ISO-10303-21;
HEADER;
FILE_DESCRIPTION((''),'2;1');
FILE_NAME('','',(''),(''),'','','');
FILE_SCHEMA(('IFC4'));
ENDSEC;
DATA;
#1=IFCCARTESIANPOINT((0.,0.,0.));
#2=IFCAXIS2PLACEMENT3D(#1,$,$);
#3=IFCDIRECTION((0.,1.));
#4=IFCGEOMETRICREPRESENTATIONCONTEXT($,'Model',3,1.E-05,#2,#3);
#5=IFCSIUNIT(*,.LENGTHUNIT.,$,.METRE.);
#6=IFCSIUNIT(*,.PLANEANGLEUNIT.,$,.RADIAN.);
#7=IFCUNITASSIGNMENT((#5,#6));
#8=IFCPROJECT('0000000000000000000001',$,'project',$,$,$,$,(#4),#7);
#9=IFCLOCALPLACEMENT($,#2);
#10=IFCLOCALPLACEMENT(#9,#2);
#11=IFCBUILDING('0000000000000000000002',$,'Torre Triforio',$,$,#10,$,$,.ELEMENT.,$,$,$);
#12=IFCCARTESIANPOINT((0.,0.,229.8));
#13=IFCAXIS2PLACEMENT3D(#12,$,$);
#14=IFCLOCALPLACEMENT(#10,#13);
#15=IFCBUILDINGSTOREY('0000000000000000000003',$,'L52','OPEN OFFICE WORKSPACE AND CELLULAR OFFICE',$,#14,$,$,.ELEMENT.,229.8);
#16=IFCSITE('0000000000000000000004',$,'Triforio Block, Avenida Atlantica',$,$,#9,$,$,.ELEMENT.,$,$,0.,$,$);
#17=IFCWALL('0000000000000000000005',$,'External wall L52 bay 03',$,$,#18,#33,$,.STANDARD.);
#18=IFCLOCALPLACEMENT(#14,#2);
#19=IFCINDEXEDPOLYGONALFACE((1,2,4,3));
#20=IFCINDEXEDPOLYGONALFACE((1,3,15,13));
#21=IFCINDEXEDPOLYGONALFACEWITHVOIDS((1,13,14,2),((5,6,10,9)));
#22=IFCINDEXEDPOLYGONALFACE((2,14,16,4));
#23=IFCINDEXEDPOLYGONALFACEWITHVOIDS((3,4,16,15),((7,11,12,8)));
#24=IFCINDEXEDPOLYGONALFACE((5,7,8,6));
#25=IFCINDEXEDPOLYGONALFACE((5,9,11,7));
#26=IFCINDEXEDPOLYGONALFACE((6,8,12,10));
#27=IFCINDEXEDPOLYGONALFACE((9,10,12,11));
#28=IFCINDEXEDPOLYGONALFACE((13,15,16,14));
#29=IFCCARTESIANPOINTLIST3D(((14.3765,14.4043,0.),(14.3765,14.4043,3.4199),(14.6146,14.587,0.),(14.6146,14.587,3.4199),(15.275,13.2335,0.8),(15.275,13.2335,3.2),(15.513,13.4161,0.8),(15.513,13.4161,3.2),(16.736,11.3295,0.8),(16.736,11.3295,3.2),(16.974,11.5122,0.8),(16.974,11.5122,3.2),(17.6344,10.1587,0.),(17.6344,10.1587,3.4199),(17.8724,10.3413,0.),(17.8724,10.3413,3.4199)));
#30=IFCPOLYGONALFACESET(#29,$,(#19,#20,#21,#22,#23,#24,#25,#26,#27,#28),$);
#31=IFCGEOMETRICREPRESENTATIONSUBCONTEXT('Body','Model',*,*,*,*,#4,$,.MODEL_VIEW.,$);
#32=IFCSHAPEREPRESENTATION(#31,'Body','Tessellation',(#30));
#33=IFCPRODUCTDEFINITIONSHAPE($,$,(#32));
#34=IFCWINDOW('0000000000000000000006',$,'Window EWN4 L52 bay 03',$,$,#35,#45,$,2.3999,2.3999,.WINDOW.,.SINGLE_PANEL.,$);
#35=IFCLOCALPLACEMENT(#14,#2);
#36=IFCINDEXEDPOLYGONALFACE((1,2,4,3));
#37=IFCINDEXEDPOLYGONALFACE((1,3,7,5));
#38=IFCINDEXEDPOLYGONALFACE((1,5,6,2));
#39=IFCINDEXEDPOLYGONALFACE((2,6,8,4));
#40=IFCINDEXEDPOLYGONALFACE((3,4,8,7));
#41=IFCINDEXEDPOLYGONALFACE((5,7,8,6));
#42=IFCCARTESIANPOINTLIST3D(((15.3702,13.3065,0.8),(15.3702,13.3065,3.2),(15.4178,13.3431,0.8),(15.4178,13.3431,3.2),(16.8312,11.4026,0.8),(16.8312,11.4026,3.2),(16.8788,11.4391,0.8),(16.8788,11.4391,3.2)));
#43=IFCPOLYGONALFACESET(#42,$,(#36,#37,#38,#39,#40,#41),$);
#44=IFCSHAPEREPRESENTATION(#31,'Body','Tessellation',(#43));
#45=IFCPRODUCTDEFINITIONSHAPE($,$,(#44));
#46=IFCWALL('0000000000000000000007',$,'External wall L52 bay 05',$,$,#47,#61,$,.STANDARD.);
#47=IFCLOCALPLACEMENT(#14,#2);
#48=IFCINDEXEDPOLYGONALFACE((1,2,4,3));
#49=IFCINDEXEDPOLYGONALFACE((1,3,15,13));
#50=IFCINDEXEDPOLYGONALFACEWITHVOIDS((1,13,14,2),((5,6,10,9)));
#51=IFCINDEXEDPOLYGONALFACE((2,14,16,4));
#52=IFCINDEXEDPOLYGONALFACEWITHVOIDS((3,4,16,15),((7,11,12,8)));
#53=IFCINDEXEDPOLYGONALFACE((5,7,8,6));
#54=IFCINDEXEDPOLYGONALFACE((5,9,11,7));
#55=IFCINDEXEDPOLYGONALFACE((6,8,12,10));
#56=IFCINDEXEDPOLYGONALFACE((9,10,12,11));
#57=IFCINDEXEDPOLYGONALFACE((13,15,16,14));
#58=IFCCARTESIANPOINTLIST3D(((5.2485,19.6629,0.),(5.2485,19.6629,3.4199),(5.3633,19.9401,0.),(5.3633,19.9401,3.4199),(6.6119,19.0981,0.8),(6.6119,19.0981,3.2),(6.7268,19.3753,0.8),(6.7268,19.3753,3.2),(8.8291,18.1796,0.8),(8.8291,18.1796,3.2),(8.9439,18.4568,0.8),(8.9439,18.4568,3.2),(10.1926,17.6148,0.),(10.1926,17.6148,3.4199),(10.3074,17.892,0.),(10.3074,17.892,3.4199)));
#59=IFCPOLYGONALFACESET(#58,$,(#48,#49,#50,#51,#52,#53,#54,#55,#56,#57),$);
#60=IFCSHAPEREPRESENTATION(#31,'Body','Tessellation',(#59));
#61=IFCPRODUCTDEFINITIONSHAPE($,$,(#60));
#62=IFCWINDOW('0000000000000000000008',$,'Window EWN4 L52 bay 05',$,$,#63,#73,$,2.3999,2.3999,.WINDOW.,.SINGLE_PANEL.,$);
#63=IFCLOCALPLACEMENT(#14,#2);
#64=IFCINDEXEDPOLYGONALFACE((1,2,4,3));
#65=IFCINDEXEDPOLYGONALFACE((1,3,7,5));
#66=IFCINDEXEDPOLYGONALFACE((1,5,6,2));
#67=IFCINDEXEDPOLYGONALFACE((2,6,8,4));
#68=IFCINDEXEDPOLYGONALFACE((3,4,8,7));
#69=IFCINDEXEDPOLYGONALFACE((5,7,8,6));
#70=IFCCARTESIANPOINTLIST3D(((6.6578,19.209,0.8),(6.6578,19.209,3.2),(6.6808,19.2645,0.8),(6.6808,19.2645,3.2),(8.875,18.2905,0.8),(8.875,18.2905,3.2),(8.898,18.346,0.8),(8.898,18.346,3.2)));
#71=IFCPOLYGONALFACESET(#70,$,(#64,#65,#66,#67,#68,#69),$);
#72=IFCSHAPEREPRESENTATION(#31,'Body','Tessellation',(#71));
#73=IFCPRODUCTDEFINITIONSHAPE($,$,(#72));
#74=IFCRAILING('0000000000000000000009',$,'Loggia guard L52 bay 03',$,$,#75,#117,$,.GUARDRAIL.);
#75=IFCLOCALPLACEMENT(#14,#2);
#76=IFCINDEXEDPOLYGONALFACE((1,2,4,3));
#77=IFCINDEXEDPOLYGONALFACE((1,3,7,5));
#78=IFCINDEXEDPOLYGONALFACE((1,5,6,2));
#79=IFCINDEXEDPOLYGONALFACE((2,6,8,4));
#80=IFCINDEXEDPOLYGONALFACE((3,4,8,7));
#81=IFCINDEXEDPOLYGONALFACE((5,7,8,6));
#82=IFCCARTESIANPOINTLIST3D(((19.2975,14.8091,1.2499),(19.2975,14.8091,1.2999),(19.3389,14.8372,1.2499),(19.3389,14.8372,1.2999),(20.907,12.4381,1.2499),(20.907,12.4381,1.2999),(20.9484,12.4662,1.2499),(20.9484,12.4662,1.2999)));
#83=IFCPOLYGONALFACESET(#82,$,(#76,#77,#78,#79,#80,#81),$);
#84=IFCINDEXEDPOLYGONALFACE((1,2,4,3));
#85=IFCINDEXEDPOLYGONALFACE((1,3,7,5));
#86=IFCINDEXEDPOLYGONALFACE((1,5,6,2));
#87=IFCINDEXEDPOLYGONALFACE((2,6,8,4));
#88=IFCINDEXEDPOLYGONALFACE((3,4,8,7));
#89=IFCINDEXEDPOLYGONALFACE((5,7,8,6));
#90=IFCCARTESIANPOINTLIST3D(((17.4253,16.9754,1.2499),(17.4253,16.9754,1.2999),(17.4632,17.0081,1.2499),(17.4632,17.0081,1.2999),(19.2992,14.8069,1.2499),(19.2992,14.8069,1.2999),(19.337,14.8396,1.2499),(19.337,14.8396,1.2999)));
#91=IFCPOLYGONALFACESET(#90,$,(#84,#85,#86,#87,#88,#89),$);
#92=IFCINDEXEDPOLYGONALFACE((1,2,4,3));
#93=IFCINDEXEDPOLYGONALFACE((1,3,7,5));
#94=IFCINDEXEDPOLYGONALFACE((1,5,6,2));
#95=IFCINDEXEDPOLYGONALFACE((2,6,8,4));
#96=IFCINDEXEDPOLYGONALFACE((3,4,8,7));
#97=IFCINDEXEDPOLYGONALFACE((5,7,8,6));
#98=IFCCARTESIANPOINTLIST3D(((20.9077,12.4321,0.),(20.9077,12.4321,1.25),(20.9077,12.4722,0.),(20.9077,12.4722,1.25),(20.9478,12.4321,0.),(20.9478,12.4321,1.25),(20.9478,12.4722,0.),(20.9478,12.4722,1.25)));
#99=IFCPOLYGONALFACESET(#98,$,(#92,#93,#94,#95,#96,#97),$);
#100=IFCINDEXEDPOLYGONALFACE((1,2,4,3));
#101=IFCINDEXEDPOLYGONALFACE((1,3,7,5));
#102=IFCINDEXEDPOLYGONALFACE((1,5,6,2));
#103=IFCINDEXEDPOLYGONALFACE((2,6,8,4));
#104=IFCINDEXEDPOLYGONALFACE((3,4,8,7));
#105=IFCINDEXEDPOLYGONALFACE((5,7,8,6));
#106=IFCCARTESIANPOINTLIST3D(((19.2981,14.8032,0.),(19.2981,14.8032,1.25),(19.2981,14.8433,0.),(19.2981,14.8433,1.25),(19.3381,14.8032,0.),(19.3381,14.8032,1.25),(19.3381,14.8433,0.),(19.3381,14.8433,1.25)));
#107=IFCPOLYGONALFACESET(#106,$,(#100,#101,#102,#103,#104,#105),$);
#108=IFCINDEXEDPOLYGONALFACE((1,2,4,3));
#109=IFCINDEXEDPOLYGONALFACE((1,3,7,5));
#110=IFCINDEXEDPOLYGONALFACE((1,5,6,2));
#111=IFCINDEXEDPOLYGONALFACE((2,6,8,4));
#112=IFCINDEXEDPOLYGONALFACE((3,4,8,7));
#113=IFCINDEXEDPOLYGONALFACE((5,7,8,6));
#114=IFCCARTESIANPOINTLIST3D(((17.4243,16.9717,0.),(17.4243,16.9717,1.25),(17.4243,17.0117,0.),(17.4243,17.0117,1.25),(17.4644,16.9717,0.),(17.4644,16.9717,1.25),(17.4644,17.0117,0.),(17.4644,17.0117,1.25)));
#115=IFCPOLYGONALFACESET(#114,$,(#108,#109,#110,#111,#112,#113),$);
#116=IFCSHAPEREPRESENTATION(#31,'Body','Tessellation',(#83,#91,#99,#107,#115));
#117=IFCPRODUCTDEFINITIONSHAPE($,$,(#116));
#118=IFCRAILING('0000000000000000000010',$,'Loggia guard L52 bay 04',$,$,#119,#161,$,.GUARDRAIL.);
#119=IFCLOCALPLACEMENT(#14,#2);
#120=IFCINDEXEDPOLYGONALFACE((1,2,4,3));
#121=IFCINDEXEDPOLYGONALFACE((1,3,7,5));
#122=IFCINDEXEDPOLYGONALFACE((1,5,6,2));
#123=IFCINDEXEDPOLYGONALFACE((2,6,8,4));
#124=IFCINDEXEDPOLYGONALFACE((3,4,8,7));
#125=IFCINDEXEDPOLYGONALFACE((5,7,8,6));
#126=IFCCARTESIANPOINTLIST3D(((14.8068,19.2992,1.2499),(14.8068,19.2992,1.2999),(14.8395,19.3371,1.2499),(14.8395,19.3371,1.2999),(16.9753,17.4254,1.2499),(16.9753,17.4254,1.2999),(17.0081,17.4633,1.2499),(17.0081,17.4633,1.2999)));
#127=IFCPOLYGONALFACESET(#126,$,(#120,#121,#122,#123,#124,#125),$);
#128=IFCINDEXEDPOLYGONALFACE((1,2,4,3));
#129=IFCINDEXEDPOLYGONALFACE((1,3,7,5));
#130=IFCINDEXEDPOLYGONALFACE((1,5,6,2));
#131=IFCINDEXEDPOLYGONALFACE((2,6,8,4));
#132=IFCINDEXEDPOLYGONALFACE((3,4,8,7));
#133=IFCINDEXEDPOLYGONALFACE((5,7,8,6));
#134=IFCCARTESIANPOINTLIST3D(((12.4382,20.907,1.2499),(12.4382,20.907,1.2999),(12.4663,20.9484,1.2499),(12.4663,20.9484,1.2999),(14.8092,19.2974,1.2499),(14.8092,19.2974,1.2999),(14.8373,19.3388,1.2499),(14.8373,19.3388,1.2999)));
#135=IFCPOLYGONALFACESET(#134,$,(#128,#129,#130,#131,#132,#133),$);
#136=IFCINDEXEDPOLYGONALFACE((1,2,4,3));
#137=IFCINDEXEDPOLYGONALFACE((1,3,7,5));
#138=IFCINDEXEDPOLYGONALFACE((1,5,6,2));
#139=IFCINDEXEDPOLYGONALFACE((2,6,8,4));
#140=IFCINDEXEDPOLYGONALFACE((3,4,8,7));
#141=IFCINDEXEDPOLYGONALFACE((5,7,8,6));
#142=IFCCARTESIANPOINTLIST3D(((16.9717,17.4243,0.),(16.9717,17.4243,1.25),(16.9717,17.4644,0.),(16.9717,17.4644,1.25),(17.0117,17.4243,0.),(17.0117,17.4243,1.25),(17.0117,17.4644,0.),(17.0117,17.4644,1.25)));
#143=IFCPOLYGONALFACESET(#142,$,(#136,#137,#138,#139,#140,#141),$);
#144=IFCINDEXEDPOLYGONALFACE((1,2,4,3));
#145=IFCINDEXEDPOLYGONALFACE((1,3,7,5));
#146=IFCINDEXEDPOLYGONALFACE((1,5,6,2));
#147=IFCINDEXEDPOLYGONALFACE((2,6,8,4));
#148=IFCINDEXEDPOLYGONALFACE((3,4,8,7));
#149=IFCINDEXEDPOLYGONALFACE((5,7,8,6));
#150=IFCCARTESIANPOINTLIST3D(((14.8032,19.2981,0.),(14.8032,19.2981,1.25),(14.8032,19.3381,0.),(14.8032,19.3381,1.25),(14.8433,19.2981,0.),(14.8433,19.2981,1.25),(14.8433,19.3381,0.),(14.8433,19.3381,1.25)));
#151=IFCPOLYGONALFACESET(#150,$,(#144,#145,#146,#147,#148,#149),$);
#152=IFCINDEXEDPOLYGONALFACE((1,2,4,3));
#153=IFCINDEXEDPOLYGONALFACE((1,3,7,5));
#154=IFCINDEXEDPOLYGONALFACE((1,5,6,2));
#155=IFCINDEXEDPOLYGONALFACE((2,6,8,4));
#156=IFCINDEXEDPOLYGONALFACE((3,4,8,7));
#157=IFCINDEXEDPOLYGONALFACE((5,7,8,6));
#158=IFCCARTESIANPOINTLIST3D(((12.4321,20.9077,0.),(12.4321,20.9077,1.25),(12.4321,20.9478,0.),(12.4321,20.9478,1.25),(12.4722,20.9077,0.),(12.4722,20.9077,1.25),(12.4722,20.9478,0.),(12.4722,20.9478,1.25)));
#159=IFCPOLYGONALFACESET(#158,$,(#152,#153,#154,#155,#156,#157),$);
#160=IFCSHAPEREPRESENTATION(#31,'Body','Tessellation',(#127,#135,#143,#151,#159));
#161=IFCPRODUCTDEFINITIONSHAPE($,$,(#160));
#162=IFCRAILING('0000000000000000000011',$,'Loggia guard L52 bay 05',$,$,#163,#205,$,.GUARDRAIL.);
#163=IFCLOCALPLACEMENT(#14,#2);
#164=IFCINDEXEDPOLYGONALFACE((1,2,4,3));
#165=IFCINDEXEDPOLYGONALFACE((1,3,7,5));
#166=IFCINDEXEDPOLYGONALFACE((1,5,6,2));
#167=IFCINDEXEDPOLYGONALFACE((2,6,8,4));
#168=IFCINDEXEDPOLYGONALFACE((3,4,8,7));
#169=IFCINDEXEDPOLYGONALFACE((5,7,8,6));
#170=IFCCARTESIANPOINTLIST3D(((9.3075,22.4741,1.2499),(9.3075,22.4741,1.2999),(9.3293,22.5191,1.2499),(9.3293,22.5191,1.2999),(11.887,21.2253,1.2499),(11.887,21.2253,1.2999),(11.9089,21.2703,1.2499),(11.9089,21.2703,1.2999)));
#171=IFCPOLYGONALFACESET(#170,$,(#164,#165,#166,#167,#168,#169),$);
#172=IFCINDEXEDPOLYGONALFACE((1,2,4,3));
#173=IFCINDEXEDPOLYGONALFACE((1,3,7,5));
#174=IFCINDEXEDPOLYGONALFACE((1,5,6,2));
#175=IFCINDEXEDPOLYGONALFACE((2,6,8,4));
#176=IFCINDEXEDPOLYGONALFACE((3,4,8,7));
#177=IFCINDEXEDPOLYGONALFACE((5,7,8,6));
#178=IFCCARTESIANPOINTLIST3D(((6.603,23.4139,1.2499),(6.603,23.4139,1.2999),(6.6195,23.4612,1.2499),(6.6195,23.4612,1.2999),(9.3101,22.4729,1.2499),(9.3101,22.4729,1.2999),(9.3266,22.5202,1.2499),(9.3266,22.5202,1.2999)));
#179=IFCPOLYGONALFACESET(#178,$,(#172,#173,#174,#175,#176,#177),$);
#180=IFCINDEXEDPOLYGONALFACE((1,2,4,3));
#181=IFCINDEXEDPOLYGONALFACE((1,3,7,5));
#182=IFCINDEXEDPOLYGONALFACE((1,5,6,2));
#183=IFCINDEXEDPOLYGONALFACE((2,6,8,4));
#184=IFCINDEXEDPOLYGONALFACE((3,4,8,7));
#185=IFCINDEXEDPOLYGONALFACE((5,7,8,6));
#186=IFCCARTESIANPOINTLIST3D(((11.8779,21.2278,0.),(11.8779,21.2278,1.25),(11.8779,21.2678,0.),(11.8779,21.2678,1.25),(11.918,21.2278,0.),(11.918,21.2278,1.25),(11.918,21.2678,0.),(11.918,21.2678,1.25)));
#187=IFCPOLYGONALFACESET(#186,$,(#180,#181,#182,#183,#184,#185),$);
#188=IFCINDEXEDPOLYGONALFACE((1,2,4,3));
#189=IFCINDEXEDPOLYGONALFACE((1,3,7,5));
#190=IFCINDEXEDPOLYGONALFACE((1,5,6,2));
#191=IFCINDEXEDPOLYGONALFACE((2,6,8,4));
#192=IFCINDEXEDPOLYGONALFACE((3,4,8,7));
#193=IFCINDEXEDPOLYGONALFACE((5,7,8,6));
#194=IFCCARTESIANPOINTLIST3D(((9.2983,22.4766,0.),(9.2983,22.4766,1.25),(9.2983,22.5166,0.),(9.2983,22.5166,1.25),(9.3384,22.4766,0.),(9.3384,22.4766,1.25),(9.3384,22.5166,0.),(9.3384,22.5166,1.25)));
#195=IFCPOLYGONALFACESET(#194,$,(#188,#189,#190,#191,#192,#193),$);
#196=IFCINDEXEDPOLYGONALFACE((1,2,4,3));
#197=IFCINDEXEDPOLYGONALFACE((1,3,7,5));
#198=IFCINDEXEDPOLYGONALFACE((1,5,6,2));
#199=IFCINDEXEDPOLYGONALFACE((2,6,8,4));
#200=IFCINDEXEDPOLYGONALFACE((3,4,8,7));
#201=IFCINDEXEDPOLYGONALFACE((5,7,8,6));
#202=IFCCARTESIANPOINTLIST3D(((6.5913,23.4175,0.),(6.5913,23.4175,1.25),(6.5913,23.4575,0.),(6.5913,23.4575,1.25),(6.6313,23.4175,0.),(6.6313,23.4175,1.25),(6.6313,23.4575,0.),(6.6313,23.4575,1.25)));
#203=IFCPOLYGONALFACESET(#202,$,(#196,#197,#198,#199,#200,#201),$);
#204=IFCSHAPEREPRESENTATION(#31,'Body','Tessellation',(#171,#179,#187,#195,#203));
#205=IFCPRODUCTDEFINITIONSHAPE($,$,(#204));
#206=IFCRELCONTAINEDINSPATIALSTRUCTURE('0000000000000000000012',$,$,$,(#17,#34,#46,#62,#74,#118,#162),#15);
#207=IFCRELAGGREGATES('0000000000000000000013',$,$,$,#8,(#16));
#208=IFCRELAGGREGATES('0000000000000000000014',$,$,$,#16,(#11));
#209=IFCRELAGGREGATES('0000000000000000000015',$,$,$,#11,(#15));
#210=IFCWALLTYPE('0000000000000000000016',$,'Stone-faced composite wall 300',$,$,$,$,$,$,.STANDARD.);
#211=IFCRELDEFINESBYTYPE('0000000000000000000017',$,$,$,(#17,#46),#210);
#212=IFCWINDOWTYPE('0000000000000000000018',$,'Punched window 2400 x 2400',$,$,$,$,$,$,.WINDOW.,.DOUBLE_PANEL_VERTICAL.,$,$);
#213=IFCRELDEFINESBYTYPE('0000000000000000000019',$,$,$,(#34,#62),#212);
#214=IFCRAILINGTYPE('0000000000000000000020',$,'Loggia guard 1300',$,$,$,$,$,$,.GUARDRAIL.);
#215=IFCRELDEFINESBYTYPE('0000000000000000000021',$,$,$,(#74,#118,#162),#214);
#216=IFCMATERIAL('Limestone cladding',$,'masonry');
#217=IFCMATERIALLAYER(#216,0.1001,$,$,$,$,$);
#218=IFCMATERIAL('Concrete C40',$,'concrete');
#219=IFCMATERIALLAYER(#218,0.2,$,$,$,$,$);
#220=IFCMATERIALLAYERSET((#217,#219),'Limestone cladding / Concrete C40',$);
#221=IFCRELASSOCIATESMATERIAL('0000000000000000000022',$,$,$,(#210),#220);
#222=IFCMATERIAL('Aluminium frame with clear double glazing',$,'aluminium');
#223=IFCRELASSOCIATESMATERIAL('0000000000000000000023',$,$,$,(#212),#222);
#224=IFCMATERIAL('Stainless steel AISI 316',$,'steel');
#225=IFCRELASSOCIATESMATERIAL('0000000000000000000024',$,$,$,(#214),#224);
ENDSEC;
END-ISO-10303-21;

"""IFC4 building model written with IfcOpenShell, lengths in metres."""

from ifc_helpers import new_model, si_unit, direction, frame, frame_2d, origin, origin_2d, place, context, subcontext, project, spatial, rectangle, extrude, material, layer, layer_set, type_object, element, fill, save


model = new_model("IFC4")

# Units and contexts
model_context = context("Model", 3, precision=1e-05, world=origin(), true_north=direction((0.0, 1.0)))
body_context = subcontext(model_context, "Body", "Model", "MODEL_VIEW")
ifc_project = project(units=[si_unit("LENGTHUNIT", "METRE"), si_unit("PLANEANGLEUNIT", "RADIAN")], contexts=[model_context])

# Site, building, storey
site_placement = place(None, origin())
site = spatial("IfcSite", under=ifc_project, at=site_placement, Name="Triforio Block, Avenida Atlantica", CompositionType="ELEMENT", RefElevation=0.0)
building_placement = place(site_placement, origin())
building = spatial("IfcBuilding", under=site, at=building_placement, Name="Torre Triforio", CompositionType="ELEMENT")
storey_placement = place(building_placement, frame((0.0, 0.0, 229.8)))
storey = spatial("IfcBuildingStorey", under=building, at=storey_placement, Name="L52", Description="OPEN OFFICE WORKSPACE AND CELLULAR OFFICE", CompositionType="ELEMENT", Elevation=229.8)

# Shared definitions
ifc_material_1 = material(Name="Concrete C40", Category="concrete")

# Shared definitions
ifc_material_2 = material(Name="Limestone cladding", Category="masonry")

# Wall, opening, window
ifc_layer_1 = layer(ifc_material_2, 0.1001)
ifc_layer_2 = layer(ifc_material_1, 0.2)
ifc_layer_set_1 = layer_set([ifc_layer_1, ifc_layer_2], Name="Limestone cladding / Concrete C40")
wall_type_1 = type_object("IfcWallType", Name="Stone-faced composite wall 300", PredefinedType="STANDARD", material=ifc_layer_set_1)
wall_1_placement = place(storey_placement, frame((17.7534, 10.25, 0.0), z_axis=(0.0, 0.0, 1.0), x_axis=(-0.608767, 0.793349, 0.0)))
wall_1 = element("IfcWall", 1, at=wall_1_placement, inside=storey, type_object=wall_type_1, Name="External wall L52 bay 03", PredefinedType="STANDARD", context=body_context, shape_type="SweptSolid", body=[
    extrude(rectangle(XDim=5.3516, YDim=0.3, at=frame_2d((2.6758, 0.0))), origin(), (0.0, 0.0, 1.0), 3.4199),
])
opening_1_placement = place(wall_1_placement, frame((1.4758, 0.0, 0.8)))
opening_1 = element("IfcOpeningElement", 2, at=opening_1_placement, cuts=wall_1, PredefinedType="OPENING", context=body_context, shape_type="SweptSolid", body=[
    extrude(rectangle(XDim=2.3999, YDim=2.3999, at=frame_2d((1.2, 1.2))), frame((0.0, 0.1599, 0.0), z_axis=(0.0, -1.0, 0.0), x_axis=(1.0, 0.0, 0.0)), (0.0, 0.0, 1.0), 0.3201),
])
ifc_material_3 = material(Name="Aluminium frame with clear double glazing", Category="aluminium")
window_type_1 = type_object("IfcWindowType", Name="Punched window 2400 x 2400", PartitioningType="DOUBLE_PANEL_VERTICAL", PredefinedType="WINDOW", material=ifc_material_3)
window_1_placement = place(opening_1_placement, origin())
window_1 = element("IfcWindow", 3, at=window_1_placement, inside=storey, type_object=window_type_1, Name="Window EWN4 L52 bay 03", OverallHeight=2.3999, OverallWidth=2.3999, PartitioningType="SINGLE_PANEL", PredefinedType="WINDOW", context=body_context, shape_type="SweptSolid", body=[
    extrude(rectangle(XDim=2.3999, YDim=2.3999, at=frame_2d((1.2, 1.2))), frame((0.0, 0.03, 0.0), z_axis=(0.0, -1.0, 0.0), x_axis=(1.0, 0.0, 0.0)), (0.0, 0.0, 1.0), 0.0601),
])
fill(opening_1, window_1)

# Wall, opening, window
wall_2_placement = place(storey_placement, frame((10.25, 17.7534, 0.0), z_axis=(0.0, 0.0, 1.0), x_axis=(-0.923867, 0.382713, 0.0)))
wall_2 = element("IfcWall", 4, at=wall_2_placement, inside=storey, type_object=wall_type_1, Name="External wall L52 bay 05", PredefinedType="STANDARD", context=body_context, shape_type="SweptSolid", body=[
    extrude(rectangle(XDim=5.3516, YDim=0.3, at=frame_2d((2.6758, 0.0))), origin(), (0.0, 0.0, 1.0), 3.4199),
])
opening_2_placement = place(wall_2_placement, frame((1.4758, 0.0, 0.8)))
opening_2 = element("IfcOpeningElement", 5, at=opening_2_placement, cuts=wall_2, PredefinedType="OPENING", context=body_context, shape_type="SweptSolid", body=[
    extrude(rectangle(XDim=2.3999, YDim=2.3999, at=frame_2d((1.2, 1.2))), frame((0.0, 0.1599, 0.0), z_axis=(0.0, -1.0, 0.0), x_axis=(1.0, 0.0, 0.0)), (0.0, 0.0, 1.0), 0.3201),
])
window_2_placement = place(opening_2_placement, origin())
window_2 = element("IfcWindow", 6, at=window_2_placement, inside=storey, type_object=window_type_1, Name="Window EWN4 L52 bay 05", OverallHeight=2.3999, OverallWidth=2.3999, PartitioningType="SINGLE_PANEL", PredefinedType="WINDOW", context=body_context, shape_type="SweptSolid", body=[
    extrude(rectangle(XDim=2.3999, YDim=2.3999, at=frame_2d((1.2, 1.2))), frame((0.0, 0.03, 0.0), z_axis=(0.0, -1.0, 0.0), x_axis=(1.0, 0.0, 0.0)), (0.0, 0.0, 1.0), 0.0601),
])
fill(opening_2, window_2)

# Railings
ifc_material_4 = material(Name="Stainless steel AISI 316", Category="steel")
railing_type = type_object("IfcRailingType", Name="Loggia guard 1300", PredefinedType="GUARDRAIL", material=ifc_material_4)
railing_1_placement = place(storey_placement, frame((20.9277, 12.4521, 0.0)))
element("IfcRailing", 7, at=railing_1_placement, inside=storey, type_object=railing_type, Name="Loggia guard L52 bay 03", PredefinedType="GUARDRAIL", context=body_context, shape_type="SweptSolid", body=[
    extrude(rectangle(XDim=0.05, YDim=0.05, at=origin_2d()), frame((0.0, 0.0, 1.2749), z_axis=(-0.56166, 0.827368, 0.0), x_axis=(-0.827368, -0.56166, 0.0)), (0.0, 0.0, 1.0), 2.8657),
    extrude(rectangle(XDim=0.05, YDim=0.05, at=origin_2d()), frame((-1.6096, 2.3711, 1.2749), z_axis=(-0.653824, 0.756647, 0.0), x_axis=(-0.756647, -0.653824, 0.0)), (0.0, 0.0, 1.0), 2.866),
    extrude(rectangle(XDim=0.04, YDim=0.04, at=origin_2d()), origin(), (0.0, 0.0, 1.0), 1.25),
    extrude(rectangle(XDim=0.04, YDim=0.04, at=origin_2d()), frame((-1.6096, 2.3711, 0.0)), (0.0, 0.0, 1.0), 1.25),
    extrude(rectangle(XDim=0.04, YDim=0.04, at=origin_2d()), frame((-3.4834, 4.5396, 0.0)), (0.0, 0.0, 1.0), 1.25),
])
railing_2_placement = place(storey_placement, frame((16.9917, 17.4443, 0.0)))
element("IfcRailing", 8, at=railing_2_placement, inside=storey, type_object=railing_type, Name="Loggia guard L52 bay 04", PredefinedType="GUARDRAIL", context=body_context, shape_type="SweptSolid", body=[
    extrude(rectangle(XDim=0.05, YDim=0.05, at=origin_2d()), frame((0.0, 0.0, 1.2749), z_axis=(-0.756647, 0.653824, 0.0), x_axis=(-0.653824, -0.756647, 0.0)), (0.0, 0.0, 1.0), 2.866),
    extrude(rectangle(XDim=0.05, YDim=0.05, at=origin_2d()), frame((-2.1685, 1.8738, 1.2749), z_axis=(-0.827368, 0.56166, 0.0), x_axis=(-0.56166, -0.827368, 0.0)), (0.0, 0.0, 1.0), 2.8657),
    extrude(rectangle(XDim=0.04, YDim=0.04, at=origin_2d()), origin(), (0.0, 0.0, 1.0), 1.25),
    extrude(rectangle(XDim=0.04, YDim=0.04, at=origin_2d()), frame((-2.1685, 1.8738, 0.0)), (0.0, 0.0, 1.0), 1.25),
    extrude(rectangle(XDim=0.04, YDim=0.04, at=origin_2d()), frame((-4.5396, 3.4834, 0.0)), (0.0, 0.0, 1.0), 1.25),
])
railing_3_placement = place(storey_placement, frame((11.8979, 21.2478, 0.0)))
element("IfcRailing", 9, at=railing_3_placement, inside=storey, type_object=railing_type, Name="Loggia guard L52 bay 05", PredefinedType="GUARDRAIL", context=body_context, shape_type="SweptSolid", body=[
    extrude(rectangle(XDim=0.05, YDim=0.05, at=origin_2d()), frame((0.0, 0.0, 1.2749), z_axis=(-0.900078, 0.435728, 0.0), x_axis=(-0.435728, -0.900078, 0.0)), (0.0, 0.0, 1.0), 2.866),
    extrude(rectangle(XDim=0.05, YDim=0.05, at=origin_2d()), frame((-2.5796, 1.2488, 1.2749), z_axis=(-0.944568, 0.328316, 0.0), x_axis=(-0.328316, -0.944568, 0.0)), (0.0, 0.0, 1.0), 2.866),
    extrude(rectangle(XDim=0.04, YDim=0.04, at=origin_2d()), origin(), (0.0, 0.0, 1.0), 1.25),
    extrude(rectangle(XDim=0.04, YDim=0.04, at=origin_2d()), frame((-2.5796, 1.2488, 0.0)), (0.0, 0.0, 1.0), 1.25),
    extrude(rectangle(XDim=0.04, YDim=0.04, at=origin_2d()), frame((-5.2866, 2.1897, 0.0)), (0.0, 0.0, 1.0), 1.25),
])

save(model, "model.ifc")
